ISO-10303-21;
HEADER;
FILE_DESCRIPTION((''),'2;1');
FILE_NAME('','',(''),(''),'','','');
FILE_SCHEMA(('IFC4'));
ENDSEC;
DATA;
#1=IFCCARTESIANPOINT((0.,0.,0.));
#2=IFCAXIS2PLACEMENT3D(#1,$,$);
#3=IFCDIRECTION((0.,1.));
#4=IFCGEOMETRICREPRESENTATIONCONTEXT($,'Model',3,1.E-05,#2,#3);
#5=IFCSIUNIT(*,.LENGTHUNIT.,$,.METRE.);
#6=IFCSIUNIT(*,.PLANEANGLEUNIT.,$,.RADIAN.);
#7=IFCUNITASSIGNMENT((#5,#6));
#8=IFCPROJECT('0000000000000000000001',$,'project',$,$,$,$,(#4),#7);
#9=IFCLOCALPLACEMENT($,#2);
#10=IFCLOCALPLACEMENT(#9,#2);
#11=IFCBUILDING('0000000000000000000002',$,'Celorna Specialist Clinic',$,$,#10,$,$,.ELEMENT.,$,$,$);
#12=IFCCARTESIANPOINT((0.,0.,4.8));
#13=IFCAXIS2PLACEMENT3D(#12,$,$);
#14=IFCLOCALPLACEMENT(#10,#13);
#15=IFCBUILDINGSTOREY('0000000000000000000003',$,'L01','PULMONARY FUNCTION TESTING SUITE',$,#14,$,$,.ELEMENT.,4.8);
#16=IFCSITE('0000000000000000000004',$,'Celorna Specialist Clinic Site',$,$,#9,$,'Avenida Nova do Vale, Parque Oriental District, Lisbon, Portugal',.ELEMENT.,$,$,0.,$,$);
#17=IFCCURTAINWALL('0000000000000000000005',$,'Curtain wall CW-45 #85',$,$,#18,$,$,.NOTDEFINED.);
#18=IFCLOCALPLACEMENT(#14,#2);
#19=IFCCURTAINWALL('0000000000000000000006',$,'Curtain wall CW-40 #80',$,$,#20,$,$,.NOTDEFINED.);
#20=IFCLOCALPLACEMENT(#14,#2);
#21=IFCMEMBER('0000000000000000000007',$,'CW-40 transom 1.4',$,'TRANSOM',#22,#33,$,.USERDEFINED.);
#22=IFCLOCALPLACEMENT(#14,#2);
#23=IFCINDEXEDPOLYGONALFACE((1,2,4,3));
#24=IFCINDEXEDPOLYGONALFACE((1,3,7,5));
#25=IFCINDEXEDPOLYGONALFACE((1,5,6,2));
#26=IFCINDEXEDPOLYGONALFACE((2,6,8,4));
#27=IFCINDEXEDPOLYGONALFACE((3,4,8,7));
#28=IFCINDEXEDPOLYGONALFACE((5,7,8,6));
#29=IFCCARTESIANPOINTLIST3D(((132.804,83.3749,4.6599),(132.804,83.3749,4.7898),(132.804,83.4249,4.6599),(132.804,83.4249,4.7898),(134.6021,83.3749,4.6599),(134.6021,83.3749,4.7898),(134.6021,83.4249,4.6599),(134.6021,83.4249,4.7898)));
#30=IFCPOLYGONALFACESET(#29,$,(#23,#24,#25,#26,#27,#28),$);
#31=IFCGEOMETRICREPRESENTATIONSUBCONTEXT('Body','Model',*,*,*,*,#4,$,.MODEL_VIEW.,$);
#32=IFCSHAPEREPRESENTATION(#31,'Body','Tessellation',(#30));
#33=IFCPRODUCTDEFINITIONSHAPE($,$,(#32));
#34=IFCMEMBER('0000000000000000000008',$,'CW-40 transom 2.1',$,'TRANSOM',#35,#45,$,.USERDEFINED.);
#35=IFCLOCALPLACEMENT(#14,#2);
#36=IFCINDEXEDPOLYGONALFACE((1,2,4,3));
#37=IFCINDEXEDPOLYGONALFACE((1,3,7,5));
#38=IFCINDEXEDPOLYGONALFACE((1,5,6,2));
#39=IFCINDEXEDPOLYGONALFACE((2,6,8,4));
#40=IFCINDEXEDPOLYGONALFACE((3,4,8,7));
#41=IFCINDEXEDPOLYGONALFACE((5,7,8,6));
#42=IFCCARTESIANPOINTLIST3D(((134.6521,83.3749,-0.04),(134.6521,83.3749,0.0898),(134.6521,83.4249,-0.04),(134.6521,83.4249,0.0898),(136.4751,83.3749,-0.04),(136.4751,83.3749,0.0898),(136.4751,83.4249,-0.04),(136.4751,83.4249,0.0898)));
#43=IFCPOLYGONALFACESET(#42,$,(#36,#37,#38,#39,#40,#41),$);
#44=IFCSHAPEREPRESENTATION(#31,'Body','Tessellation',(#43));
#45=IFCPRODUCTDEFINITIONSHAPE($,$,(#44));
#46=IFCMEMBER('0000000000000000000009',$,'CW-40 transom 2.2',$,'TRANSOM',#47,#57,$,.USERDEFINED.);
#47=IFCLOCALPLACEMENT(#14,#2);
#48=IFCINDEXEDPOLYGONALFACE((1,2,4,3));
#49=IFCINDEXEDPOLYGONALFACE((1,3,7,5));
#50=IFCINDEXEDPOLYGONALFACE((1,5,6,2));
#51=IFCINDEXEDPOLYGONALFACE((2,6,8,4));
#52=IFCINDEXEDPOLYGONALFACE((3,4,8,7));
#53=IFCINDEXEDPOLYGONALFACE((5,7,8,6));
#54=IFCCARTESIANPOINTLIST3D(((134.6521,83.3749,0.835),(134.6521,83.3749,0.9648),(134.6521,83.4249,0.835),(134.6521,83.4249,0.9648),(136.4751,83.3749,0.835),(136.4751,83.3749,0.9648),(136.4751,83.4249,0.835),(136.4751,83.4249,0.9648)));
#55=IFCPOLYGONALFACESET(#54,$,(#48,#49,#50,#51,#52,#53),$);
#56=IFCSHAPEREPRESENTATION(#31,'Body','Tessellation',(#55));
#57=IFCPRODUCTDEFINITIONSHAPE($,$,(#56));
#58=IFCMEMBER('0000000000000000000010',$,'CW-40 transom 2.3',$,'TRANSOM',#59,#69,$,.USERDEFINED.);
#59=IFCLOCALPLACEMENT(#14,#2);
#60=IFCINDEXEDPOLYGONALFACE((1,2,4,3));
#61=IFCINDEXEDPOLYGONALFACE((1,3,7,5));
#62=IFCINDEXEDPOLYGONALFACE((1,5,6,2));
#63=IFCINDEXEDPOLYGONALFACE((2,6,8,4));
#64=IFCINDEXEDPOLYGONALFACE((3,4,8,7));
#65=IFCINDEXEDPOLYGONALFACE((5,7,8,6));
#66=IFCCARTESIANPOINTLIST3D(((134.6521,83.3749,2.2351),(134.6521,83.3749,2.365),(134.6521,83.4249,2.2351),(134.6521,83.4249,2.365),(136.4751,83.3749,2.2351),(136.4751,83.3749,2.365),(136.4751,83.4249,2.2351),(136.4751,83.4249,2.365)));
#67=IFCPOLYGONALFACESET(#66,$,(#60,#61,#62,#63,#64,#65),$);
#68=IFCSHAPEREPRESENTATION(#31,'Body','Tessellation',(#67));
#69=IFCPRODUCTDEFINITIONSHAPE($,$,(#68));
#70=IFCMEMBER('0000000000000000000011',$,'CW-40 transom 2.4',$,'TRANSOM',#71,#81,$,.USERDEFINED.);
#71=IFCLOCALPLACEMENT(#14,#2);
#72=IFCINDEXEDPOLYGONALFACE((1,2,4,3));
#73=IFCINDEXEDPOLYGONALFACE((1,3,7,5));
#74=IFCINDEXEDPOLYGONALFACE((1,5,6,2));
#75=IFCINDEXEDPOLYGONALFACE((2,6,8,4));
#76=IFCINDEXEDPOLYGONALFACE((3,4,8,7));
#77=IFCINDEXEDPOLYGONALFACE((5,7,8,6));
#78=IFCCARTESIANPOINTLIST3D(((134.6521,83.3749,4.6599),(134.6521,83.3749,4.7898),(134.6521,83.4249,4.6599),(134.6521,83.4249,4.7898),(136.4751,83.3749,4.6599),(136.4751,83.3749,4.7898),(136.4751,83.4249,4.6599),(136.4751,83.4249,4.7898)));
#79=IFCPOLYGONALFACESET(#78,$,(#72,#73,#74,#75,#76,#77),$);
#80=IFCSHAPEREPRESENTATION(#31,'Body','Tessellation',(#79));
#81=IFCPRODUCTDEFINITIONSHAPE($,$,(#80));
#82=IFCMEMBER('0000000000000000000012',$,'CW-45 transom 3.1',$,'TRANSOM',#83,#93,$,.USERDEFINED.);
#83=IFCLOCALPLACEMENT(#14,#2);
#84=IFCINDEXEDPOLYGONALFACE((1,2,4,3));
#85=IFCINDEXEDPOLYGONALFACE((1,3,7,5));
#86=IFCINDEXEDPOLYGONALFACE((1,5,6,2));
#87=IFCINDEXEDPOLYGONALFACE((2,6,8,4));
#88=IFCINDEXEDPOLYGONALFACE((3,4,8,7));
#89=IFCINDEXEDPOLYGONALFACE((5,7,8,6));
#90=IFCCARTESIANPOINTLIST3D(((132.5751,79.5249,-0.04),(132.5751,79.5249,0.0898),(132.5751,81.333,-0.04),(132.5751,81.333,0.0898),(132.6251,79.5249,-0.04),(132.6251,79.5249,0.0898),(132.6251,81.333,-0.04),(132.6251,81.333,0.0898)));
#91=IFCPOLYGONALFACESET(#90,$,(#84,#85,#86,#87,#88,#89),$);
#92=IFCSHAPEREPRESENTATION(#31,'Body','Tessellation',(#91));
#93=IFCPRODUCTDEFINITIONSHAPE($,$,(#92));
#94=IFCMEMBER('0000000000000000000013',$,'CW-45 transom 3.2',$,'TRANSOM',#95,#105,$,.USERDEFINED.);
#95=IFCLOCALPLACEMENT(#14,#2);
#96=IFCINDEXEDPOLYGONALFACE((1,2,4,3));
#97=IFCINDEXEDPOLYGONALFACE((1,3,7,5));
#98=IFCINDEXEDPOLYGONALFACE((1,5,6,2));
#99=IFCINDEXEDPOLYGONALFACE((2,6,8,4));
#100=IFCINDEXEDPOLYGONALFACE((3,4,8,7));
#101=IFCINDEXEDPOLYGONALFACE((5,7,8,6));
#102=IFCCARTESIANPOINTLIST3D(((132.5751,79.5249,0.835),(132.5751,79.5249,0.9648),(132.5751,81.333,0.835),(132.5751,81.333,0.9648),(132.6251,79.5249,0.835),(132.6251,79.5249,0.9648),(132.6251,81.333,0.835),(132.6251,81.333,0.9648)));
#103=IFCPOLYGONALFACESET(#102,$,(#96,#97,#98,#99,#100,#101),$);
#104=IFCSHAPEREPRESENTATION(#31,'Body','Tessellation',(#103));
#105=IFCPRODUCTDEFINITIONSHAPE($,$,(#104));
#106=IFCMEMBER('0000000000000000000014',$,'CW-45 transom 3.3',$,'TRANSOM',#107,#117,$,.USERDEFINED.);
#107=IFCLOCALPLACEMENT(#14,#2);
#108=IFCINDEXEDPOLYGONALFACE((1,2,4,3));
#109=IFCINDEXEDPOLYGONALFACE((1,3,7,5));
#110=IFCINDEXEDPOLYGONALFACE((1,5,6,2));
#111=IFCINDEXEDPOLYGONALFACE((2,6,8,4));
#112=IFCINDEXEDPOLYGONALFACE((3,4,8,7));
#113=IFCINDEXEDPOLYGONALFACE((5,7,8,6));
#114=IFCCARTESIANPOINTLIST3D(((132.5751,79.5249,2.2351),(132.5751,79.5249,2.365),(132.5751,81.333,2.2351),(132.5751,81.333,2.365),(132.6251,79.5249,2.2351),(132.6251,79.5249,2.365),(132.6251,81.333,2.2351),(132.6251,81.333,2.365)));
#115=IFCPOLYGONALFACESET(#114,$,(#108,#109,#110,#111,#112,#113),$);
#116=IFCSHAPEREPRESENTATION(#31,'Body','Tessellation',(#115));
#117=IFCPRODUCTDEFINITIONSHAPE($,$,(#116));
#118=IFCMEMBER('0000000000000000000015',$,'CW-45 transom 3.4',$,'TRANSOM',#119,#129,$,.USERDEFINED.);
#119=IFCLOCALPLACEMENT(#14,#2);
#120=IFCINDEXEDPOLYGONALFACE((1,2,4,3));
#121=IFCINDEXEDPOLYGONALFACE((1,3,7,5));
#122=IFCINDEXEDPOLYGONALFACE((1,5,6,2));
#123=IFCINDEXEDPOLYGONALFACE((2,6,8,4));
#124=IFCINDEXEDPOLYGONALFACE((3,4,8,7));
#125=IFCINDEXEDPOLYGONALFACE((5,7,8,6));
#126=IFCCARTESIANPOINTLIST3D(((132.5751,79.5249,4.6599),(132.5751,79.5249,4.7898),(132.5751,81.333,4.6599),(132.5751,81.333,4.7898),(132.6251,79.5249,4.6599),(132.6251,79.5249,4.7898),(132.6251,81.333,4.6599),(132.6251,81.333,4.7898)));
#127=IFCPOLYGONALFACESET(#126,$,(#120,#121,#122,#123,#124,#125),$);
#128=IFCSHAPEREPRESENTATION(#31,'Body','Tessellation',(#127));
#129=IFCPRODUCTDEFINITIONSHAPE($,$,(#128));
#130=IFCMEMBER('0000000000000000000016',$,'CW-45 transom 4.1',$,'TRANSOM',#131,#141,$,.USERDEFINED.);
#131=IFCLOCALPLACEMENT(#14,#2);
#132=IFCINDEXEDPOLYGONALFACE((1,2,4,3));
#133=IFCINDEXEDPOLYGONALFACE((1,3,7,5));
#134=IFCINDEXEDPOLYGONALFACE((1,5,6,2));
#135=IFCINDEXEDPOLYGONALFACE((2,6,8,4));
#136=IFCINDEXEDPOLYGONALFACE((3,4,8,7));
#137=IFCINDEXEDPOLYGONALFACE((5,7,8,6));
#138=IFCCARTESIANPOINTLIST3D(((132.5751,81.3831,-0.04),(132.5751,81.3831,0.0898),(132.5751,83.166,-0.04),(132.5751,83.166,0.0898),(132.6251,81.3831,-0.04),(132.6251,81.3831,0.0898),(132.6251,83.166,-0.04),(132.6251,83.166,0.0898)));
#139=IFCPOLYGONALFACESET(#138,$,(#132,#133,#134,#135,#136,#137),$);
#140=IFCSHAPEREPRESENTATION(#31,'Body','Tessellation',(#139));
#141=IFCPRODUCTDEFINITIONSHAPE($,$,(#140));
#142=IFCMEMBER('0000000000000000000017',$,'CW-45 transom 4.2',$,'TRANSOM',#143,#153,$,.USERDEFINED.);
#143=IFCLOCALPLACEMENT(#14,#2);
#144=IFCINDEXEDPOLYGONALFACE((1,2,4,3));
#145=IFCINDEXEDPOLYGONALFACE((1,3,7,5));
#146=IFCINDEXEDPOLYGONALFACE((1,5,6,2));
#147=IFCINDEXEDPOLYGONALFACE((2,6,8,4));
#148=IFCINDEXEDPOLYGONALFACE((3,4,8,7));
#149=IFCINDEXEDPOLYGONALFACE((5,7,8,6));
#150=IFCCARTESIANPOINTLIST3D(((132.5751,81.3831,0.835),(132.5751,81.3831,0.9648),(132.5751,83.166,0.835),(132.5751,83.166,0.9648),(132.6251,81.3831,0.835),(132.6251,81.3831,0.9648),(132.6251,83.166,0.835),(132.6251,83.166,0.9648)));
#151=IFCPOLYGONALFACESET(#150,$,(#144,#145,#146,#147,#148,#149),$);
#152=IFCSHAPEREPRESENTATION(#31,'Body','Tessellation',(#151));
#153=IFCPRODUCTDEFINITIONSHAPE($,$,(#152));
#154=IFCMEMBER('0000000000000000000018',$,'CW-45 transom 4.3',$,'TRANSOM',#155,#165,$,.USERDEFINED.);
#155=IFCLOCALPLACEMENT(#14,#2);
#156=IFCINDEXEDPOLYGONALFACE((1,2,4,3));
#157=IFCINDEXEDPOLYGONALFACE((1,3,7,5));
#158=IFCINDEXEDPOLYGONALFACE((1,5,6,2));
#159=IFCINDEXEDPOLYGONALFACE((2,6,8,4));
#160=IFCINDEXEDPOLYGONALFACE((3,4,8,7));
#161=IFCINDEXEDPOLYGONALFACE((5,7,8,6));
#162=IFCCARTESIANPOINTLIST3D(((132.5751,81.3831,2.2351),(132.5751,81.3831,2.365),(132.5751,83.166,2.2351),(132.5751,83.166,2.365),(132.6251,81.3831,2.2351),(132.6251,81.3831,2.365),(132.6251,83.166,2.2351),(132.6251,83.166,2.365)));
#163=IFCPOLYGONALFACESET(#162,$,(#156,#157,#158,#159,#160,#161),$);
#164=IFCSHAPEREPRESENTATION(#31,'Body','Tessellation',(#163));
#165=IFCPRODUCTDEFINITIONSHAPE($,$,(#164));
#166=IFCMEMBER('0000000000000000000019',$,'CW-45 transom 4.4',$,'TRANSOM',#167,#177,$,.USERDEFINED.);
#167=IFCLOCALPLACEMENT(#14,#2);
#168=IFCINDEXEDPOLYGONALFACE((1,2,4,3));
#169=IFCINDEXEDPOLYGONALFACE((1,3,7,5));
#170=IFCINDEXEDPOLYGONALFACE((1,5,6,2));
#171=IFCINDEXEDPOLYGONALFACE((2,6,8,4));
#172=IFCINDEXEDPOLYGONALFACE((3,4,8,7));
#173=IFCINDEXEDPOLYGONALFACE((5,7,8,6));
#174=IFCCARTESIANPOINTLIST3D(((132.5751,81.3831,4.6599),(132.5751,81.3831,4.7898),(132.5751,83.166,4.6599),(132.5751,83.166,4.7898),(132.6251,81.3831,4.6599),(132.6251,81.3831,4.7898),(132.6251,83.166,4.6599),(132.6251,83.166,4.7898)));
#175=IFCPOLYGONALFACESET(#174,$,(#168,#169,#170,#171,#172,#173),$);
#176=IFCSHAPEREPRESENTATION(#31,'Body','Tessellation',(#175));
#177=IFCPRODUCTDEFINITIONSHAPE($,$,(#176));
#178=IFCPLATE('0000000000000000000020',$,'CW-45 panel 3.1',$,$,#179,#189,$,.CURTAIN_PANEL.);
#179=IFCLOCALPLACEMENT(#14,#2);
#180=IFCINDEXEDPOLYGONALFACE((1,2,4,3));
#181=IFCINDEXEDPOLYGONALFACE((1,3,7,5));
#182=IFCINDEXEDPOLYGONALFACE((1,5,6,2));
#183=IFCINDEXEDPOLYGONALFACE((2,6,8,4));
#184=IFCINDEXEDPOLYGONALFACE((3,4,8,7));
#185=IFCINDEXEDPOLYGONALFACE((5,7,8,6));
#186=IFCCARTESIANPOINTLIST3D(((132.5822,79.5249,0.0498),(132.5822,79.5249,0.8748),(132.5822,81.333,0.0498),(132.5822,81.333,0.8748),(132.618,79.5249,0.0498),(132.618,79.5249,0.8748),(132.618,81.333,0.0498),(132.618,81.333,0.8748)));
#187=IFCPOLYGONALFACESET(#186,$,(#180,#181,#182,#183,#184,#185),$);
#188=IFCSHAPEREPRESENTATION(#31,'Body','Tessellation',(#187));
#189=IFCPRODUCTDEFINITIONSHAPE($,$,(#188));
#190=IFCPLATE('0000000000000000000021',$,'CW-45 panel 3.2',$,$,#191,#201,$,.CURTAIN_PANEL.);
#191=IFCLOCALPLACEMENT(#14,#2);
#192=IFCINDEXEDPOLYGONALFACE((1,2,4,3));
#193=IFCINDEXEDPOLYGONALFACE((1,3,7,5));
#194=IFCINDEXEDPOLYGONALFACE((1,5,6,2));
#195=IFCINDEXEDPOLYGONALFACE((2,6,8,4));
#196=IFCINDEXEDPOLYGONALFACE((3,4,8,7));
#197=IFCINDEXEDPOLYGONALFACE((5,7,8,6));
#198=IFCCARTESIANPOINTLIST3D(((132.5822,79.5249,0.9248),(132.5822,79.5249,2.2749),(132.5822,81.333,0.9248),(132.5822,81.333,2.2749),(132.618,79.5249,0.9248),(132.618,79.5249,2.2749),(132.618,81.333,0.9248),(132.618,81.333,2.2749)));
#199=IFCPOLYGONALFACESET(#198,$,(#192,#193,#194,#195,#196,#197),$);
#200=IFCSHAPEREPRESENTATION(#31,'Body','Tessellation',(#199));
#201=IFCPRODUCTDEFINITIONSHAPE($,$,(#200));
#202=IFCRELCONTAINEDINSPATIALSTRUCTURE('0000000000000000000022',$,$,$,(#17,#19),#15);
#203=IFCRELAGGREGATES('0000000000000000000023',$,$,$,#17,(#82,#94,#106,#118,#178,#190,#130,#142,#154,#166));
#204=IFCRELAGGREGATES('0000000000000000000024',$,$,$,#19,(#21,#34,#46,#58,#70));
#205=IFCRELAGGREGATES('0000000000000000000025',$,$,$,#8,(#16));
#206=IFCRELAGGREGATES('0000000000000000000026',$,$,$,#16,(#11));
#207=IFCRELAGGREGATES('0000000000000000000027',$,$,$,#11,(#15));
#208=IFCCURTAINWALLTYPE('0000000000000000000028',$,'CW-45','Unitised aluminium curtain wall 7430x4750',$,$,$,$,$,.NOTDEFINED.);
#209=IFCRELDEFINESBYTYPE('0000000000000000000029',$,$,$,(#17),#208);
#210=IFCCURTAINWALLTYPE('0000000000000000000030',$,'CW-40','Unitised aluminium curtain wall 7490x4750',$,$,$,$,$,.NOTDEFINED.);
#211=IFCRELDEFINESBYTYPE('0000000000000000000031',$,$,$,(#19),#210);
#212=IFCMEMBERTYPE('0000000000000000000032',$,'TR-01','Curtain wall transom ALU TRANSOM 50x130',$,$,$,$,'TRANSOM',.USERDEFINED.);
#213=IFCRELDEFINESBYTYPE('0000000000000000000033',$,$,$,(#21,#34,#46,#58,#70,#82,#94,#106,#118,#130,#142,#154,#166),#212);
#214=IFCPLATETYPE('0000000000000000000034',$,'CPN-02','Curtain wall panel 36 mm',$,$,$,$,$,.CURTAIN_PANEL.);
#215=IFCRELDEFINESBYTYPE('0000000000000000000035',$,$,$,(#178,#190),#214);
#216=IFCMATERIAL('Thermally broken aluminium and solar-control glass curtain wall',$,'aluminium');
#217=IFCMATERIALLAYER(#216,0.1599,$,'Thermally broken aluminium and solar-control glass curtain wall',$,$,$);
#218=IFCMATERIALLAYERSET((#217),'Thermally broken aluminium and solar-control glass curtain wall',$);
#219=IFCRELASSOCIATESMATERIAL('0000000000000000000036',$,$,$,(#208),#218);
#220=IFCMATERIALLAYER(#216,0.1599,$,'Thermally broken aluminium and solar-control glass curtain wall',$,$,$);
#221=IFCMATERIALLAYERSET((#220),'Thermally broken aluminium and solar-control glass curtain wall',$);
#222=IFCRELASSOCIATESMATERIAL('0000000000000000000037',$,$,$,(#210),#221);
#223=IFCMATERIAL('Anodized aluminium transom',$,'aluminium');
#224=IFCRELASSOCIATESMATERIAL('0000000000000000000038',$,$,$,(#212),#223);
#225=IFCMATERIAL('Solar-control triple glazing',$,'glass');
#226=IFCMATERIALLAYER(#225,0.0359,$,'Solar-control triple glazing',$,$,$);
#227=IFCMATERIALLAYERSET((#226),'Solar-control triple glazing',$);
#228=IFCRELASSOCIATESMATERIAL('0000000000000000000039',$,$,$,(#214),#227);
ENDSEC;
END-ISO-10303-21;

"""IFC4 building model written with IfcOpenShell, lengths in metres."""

from ifc_helpers import new_model, si_unit, direction, frame, origin, origin_2d, place, context, subcontext, project, spatial, rectangle, extrude, material, layer, layer_set, material_profile, profile_set, type_object, element, aggregate, save


model = new_model("IFC4")

# Units and contexts
model_context = context("Model", 3, precision=1e-05, world=origin(), true_north=direction((0.0, 1.0)))
body_context = subcontext(model_context, "Body", "Model", "MODEL_VIEW")
ifc_project = project(units=[si_unit("LENGTHUNIT", "METRE"), si_unit("PLANEANGLEUNIT", "RADIAN")], contexts=[model_context])

# Site, building, storey
site_placement = place(None, origin())
site = spatial("IfcSite", under=ifc_project, at=site_placement, Name="Celorna Specialist Clinic Site", LongName="Avenida Nova do Vale, Parque Oriental District, Lisbon, Portugal", CompositionType="ELEMENT", RefElevation=0.0)
building_placement = place(site_placement, origin())
building = spatial("IfcBuilding", under=site, at=building_placement, Name="Celorna Specialist Clinic", CompositionType="ELEMENT")
storey_placement = place(building_placement, frame((0.0, 0.0, 4.8)))
storey = spatial("IfcBuildingStorey", under=building, at=storey_placement, Name="L01", Description="PULMONARY FUNCTION TESTING SUITE", CompositionType="ELEMENT", Elevation=4.8)

# Curtain walls, members
ifc_material_1 = material(Name="Thermally broken aluminium and solar-control glass curtain wall", Category="aluminium")
ifc_layer_1 = layer(ifc_material_1, 0.1599, Name="Thermally broken aluminium and solar-control glass curtain wall")
ifc_layer_set_1 = layer_set([ifc_layer_1], Name="Thermally broken aluminium and solar-control glass curtain wall")
curtain_wall_type_1 = type_object("IfcCurtainWallType", Name="CW-45", Description="Unitised aluminium curtain wall 7430x4750", PredefinedType="NOTDEFINED", material=ifc_layer_set_1)
curtain_wall_1_placement = place(storey_placement, origin())
curtain_wall_1 = element("IfcCurtainWall", 1, at=curtain_wall_1_placement, inside=storey, type_object=curtain_wall_type_1, Name="Curtain wall CW-45 #85", PredefinedType="NOTDEFINED")
ifc_layer_2 = layer(ifc_material_1, 0.1599, Name="Thermally broken aluminium and solar-control glass curtain wall")
ifc_layer_set_2 = layer_set([ifc_layer_2], Name="Thermally broken aluminium and solar-control glass curtain wall")
curtain_wall_type_2 = type_object("IfcCurtainWallType", Name="CW-40", Description="Unitised aluminium curtain wall 7490x4750", PredefinedType="NOTDEFINED", material=ifc_layer_set_2)
curtain_wall_2_placement = place(storey_placement, origin())
curtain_wall_2 = element("IfcCurtainWall", 2, at=curtain_wall_2_placement, inside=storey, type_object=curtain_wall_type_2, Name="Curtain wall CW-40 #80", PredefinedType="NOTDEFINED")
ifc_material_2 = material(Name="Anodized aluminium transom", Category="aluminium")
ifc_material_profile_1 = material_profile(ifc_material_2, rectangle(XDim=0.05, YDim=0.1299, at=origin_2d()), Name="ALU TRANSOM 50x130")
ifc_profile_set_1 = profile_set([ifc_material_profile_1], Name="Anodized aluminium transom")
member_type_1 = type_object("IfcMemberType", Name="TR-01", Description="Curtain wall transom ALU TRANSOM 50x130", ElementType="TRANSOM", PredefinedType="USERDEFINED", material=ifc_profile_set_1)
member_1_placement = place(storey_placement, frame((132.804, 83.3999, 4.7249), z_axis=(1.0, 0.0, 0.0), x_axis=(0.0, 1.0, 0.0)))
member_1 = element("IfcMember", 3, at=member_1_placement, type_object=member_type_1, Name="CW-40 transom 1.4", ObjectType="TRANSOM", PredefinedType="USERDEFINED", context=body_context, shape_type="SweptSolid", body=[
    extrude(rectangle(XDim=0.05, YDim=0.1299, at=origin_2d()), origin(), (0.0, 0.0, 1.0), 1.7981),
])
member_2_placement = place(storey_placement, frame((134.6521, 83.3999, 0.0249), z_axis=(1.0, 0.0, 0.0), x_axis=(0.0, 1.0, 0.0)))
member_2 = element("IfcMember", 4, at=member_2_placement, type_object=member_type_1, Name="CW-40 transom 2.1", ObjectType="TRANSOM", PredefinedType="USERDEFINED", context=body_context, shape_type="SweptSolid", body=[
    extrude(rectangle(XDim=0.05, YDim=0.1299, at=origin_2d()), origin(), (0.0, 0.0, 1.0), 1.823),
])
member_3_placement = place(storey_placement, frame((134.6521, 83.3999, 0.8999), z_axis=(1.0, 0.0, 0.0), x_axis=(0.0, 1.0, 0.0)))
member_3 = element("IfcMember", 5, at=member_3_placement, type_object=member_type_1, Name="CW-40 transom 2.2", ObjectType="TRANSOM", PredefinedType="USERDEFINED", context=body_context, shape_type="SweptSolid", body=[
    extrude(rectangle(XDim=0.05, YDim=0.1299, at=origin_2d()), origin(), (0.0, 0.0, 1.0), 1.823),
])
member_4_placement = place(storey_placement, frame((134.6521, 83.3999, 2.3), z_axis=(1.0, 0.0, 0.0), x_axis=(0.0, 1.0, 0.0)))
member_4 = element("IfcMember", 6, at=member_4_placement, type_object=member_type_1, Name="CW-40 transom 2.3", ObjectType="TRANSOM", PredefinedType="USERDEFINED", context=body_context, shape_type="SweptSolid", body=[
    extrude(rectangle(XDim=0.05, YDim=0.1299, at=origin_2d()), origin(), (0.0, 0.0, 1.0), 1.823),
])
member_5_placement = place(storey_placement, frame((134.6521, 83.3999, 4.7249), z_axis=(1.0, 0.0, 0.0), x_axis=(0.0, 1.0, 0.0)))
member_5 = element("IfcMember", 7, at=member_5_placement, type_object=member_type_1, Name="CW-40 transom 2.4", ObjectType="TRANSOM", PredefinedType="USERDEFINED", context=body_context, shape_type="SweptSolid", body=[
    extrude(rectangle(XDim=0.05, YDim=0.1299, at=origin_2d()), origin(), (0.0, 0.0, 1.0), 1.823),
])

# Members
member_6_placement = place(storey_placement, frame((132.6001, 79.5249, 0.0249), z_axis=(0.0, 1.0, 0.0), x_axis=(-1.0, 0.0, 0.0)))
member_6 = element("IfcMember", 8, at=member_6_placement, type_object=member_type_1, Name="CW-45 transom 3.1", ObjectType="TRANSOM", PredefinedType="USERDEFINED", context=body_context, shape_type="SweptSolid", body=[
    extrude(rectangle(XDim=0.05, YDim=0.1299, at=origin_2d()), origin(), (0.0, 0.0, 1.0), 1.8081),
])
member_7_placement = place(storey_placement, frame((132.6001, 79.5249, 0.8999), z_axis=(0.0, 1.0, 0.0), x_axis=(-1.0, 0.0, 0.0)))
member_7 = element("IfcMember", 9, at=member_7_placement, type_object=member_type_1, Name="CW-45 transom 3.2", ObjectType="TRANSOM", PredefinedType="USERDEFINED", context=body_context, shape_type="SweptSolid", body=[
    extrude(rectangle(XDim=0.05, YDim=0.1299, at=origin_2d()), origin(), (0.0, 0.0, 1.0), 1.8081),
])
member_8_placement = place(storey_placement, frame((132.6001, 79.5249, 2.3), z_axis=(0.0, 1.0, 0.0), x_axis=(-1.0, 0.0, 0.0)))
member_8 = element("IfcMember", 10, at=member_8_placement, type_object=member_type_1, Name="CW-45 transom 3.3", ObjectType="TRANSOM", PredefinedType="USERDEFINED", context=body_context, shape_type="SweptSolid", body=[
    extrude(rectangle(XDim=0.05, YDim=0.1299, at=origin_2d()), origin(), (0.0, 0.0, 1.0), 1.8081),
])
member_9_placement = place(storey_placement, frame((132.6001, 79.5249, 4.7249), z_axis=(0.0, 1.0, 0.0), x_axis=(-1.0, 0.0, 0.0)))
member_9 = element("IfcMember", 11, at=member_9_placement, type_object=member_type_1, Name="CW-45 transom 3.4", ObjectType="TRANSOM", PredefinedType="USERDEFINED", context=body_context, shape_type="SweptSolid", body=[
    extrude(rectangle(XDim=0.05, YDim=0.1299, at=origin_2d()), origin(), (0.0, 0.0, 1.0), 1.8081),
])
member_10_placement = place(storey_placement, frame((132.6001, 81.3831, 0.0249), z_axis=(0.0, 1.0, 0.0), x_axis=(-1.0, 0.0, 0.0)))
member_10 = element("IfcMember", 12, at=member_10_placement, type_object=member_type_1, Name="CW-45 transom 4.1", ObjectType="TRANSOM", PredefinedType="USERDEFINED", context=body_context, shape_type="SweptSolid", body=[
    extrude(rectangle(XDim=0.05, YDim=0.1299, at=origin_2d()), origin(), (0.0, 0.0, 1.0), 1.783),
])
member_11_placement = place(storey_placement, frame((132.6001, 81.3831, 0.8999), z_axis=(0.0, 1.0, 0.0), x_axis=(-1.0, 0.0, 0.0)))
member_11 = element("IfcMember", 13, at=member_11_placement, type_object=member_type_1, Name="CW-45 transom 4.2", ObjectType="TRANSOM", PredefinedType="USERDEFINED", context=body_context, shape_type="SweptSolid", body=[
    extrude(rectangle(XDim=0.05, YDim=0.1299, at=origin_2d()), origin(), (0.0, 0.0, 1.0), 1.783),
])
member_12_placement = place(storey_placement, frame((132.6001, 81.3831, 2.3), z_axis=(0.0, 1.0, 0.0), x_axis=(-1.0, 0.0, 0.0)))
member_12 = element("IfcMember", 14, at=member_12_placement, type_object=member_type_1, Name="CW-45 transom 4.3", ObjectType="TRANSOM", PredefinedType="USERDEFINED", context=body_context, shape_type="SweptSolid", body=[
    extrude(rectangle(XDim=0.05, YDim=0.1299, at=origin_2d()), origin(), (0.0, 0.0, 1.0), 1.783),
])
member_13_placement = place(storey_placement, frame((132.6001, 81.3831, 4.7249), z_axis=(0.0, 1.0, 0.0), x_axis=(-1.0, 0.0, 0.0)))
member_13 = element("IfcMember", 15, at=member_13_placement, type_object=member_type_1, Name="CW-45 transom 4.4", ObjectType="TRANSOM", PredefinedType="USERDEFINED", context=body_context, shape_type="SweptSolid", body=[
    extrude(rectangle(XDim=0.05, YDim=0.1299, at=origin_2d()), origin(), (0.0, 0.0, 1.0), 1.783),
])

# Plates
ifc_material_3 = material(Name="Solar-control triple glazing", Category="glass")
ifc_layer_3 = layer(ifc_material_3, 0.0359, Name="Solar-control triple glazing")
ifc_layer_set_3 = layer_set([ifc_layer_3], Name="Solar-control triple glazing")
plate_type_1 = type_object("IfcPlateType", Name="CPN-02", Description="Curtain wall panel 36 mm", PredefinedType="CURTAIN_PANEL", material=ifc_layer_set_3)
plate_1_placement = place(storey_placement, frame((132.6001, 80.429, 0.0498), z_axis=(0.0, 0.0, 1.0), x_axis=(0.0, 1.0, 0.0)))
plate_1 = element("IfcPlate", 16, at=plate_1_placement, type_object=plate_type_1, Name="CW-45 panel 3.1", PredefinedType="CURTAIN_PANEL", context=body_context, shape_type="SweptSolid", body=[
    extrude(rectangle(XDim=1.8081, YDim=0.0359, at=origin_2d()), origin(), (0.0, 0.0, 1.0), 0.825),
])
plate_2_placement = place(storey_placement, frame((132.6001, 80.429, 0.9248), z_axis=(0.0, 0.0, 1.0), x_axis=(0.0, 1.0, 0.0)))
plate_2 = element("IfcPlate", 17, at=plate_2_placement, type_object=plate_type_1, Name="CW-45 panel 3.2", PredefinedType="CURTAIN_PANEL", context=body_context, shape_type="SweptSolid", body=[
    extrude(rectangle(XDim=1.8081, YDim=0.0359, at=origin_2d()), origin(), (0.0, 0.0, 1.0), 1.3501),
])
aggregate(curtain_wall_1, [member_6, member_7, member_8, member_9, plate_1, plate_2, member_10, member_11, member_12, member_13])
aggregate(curtain_wall_2, [member_1, member_2, member_3, member_4, member_5])

save(model, "model.ifc")
